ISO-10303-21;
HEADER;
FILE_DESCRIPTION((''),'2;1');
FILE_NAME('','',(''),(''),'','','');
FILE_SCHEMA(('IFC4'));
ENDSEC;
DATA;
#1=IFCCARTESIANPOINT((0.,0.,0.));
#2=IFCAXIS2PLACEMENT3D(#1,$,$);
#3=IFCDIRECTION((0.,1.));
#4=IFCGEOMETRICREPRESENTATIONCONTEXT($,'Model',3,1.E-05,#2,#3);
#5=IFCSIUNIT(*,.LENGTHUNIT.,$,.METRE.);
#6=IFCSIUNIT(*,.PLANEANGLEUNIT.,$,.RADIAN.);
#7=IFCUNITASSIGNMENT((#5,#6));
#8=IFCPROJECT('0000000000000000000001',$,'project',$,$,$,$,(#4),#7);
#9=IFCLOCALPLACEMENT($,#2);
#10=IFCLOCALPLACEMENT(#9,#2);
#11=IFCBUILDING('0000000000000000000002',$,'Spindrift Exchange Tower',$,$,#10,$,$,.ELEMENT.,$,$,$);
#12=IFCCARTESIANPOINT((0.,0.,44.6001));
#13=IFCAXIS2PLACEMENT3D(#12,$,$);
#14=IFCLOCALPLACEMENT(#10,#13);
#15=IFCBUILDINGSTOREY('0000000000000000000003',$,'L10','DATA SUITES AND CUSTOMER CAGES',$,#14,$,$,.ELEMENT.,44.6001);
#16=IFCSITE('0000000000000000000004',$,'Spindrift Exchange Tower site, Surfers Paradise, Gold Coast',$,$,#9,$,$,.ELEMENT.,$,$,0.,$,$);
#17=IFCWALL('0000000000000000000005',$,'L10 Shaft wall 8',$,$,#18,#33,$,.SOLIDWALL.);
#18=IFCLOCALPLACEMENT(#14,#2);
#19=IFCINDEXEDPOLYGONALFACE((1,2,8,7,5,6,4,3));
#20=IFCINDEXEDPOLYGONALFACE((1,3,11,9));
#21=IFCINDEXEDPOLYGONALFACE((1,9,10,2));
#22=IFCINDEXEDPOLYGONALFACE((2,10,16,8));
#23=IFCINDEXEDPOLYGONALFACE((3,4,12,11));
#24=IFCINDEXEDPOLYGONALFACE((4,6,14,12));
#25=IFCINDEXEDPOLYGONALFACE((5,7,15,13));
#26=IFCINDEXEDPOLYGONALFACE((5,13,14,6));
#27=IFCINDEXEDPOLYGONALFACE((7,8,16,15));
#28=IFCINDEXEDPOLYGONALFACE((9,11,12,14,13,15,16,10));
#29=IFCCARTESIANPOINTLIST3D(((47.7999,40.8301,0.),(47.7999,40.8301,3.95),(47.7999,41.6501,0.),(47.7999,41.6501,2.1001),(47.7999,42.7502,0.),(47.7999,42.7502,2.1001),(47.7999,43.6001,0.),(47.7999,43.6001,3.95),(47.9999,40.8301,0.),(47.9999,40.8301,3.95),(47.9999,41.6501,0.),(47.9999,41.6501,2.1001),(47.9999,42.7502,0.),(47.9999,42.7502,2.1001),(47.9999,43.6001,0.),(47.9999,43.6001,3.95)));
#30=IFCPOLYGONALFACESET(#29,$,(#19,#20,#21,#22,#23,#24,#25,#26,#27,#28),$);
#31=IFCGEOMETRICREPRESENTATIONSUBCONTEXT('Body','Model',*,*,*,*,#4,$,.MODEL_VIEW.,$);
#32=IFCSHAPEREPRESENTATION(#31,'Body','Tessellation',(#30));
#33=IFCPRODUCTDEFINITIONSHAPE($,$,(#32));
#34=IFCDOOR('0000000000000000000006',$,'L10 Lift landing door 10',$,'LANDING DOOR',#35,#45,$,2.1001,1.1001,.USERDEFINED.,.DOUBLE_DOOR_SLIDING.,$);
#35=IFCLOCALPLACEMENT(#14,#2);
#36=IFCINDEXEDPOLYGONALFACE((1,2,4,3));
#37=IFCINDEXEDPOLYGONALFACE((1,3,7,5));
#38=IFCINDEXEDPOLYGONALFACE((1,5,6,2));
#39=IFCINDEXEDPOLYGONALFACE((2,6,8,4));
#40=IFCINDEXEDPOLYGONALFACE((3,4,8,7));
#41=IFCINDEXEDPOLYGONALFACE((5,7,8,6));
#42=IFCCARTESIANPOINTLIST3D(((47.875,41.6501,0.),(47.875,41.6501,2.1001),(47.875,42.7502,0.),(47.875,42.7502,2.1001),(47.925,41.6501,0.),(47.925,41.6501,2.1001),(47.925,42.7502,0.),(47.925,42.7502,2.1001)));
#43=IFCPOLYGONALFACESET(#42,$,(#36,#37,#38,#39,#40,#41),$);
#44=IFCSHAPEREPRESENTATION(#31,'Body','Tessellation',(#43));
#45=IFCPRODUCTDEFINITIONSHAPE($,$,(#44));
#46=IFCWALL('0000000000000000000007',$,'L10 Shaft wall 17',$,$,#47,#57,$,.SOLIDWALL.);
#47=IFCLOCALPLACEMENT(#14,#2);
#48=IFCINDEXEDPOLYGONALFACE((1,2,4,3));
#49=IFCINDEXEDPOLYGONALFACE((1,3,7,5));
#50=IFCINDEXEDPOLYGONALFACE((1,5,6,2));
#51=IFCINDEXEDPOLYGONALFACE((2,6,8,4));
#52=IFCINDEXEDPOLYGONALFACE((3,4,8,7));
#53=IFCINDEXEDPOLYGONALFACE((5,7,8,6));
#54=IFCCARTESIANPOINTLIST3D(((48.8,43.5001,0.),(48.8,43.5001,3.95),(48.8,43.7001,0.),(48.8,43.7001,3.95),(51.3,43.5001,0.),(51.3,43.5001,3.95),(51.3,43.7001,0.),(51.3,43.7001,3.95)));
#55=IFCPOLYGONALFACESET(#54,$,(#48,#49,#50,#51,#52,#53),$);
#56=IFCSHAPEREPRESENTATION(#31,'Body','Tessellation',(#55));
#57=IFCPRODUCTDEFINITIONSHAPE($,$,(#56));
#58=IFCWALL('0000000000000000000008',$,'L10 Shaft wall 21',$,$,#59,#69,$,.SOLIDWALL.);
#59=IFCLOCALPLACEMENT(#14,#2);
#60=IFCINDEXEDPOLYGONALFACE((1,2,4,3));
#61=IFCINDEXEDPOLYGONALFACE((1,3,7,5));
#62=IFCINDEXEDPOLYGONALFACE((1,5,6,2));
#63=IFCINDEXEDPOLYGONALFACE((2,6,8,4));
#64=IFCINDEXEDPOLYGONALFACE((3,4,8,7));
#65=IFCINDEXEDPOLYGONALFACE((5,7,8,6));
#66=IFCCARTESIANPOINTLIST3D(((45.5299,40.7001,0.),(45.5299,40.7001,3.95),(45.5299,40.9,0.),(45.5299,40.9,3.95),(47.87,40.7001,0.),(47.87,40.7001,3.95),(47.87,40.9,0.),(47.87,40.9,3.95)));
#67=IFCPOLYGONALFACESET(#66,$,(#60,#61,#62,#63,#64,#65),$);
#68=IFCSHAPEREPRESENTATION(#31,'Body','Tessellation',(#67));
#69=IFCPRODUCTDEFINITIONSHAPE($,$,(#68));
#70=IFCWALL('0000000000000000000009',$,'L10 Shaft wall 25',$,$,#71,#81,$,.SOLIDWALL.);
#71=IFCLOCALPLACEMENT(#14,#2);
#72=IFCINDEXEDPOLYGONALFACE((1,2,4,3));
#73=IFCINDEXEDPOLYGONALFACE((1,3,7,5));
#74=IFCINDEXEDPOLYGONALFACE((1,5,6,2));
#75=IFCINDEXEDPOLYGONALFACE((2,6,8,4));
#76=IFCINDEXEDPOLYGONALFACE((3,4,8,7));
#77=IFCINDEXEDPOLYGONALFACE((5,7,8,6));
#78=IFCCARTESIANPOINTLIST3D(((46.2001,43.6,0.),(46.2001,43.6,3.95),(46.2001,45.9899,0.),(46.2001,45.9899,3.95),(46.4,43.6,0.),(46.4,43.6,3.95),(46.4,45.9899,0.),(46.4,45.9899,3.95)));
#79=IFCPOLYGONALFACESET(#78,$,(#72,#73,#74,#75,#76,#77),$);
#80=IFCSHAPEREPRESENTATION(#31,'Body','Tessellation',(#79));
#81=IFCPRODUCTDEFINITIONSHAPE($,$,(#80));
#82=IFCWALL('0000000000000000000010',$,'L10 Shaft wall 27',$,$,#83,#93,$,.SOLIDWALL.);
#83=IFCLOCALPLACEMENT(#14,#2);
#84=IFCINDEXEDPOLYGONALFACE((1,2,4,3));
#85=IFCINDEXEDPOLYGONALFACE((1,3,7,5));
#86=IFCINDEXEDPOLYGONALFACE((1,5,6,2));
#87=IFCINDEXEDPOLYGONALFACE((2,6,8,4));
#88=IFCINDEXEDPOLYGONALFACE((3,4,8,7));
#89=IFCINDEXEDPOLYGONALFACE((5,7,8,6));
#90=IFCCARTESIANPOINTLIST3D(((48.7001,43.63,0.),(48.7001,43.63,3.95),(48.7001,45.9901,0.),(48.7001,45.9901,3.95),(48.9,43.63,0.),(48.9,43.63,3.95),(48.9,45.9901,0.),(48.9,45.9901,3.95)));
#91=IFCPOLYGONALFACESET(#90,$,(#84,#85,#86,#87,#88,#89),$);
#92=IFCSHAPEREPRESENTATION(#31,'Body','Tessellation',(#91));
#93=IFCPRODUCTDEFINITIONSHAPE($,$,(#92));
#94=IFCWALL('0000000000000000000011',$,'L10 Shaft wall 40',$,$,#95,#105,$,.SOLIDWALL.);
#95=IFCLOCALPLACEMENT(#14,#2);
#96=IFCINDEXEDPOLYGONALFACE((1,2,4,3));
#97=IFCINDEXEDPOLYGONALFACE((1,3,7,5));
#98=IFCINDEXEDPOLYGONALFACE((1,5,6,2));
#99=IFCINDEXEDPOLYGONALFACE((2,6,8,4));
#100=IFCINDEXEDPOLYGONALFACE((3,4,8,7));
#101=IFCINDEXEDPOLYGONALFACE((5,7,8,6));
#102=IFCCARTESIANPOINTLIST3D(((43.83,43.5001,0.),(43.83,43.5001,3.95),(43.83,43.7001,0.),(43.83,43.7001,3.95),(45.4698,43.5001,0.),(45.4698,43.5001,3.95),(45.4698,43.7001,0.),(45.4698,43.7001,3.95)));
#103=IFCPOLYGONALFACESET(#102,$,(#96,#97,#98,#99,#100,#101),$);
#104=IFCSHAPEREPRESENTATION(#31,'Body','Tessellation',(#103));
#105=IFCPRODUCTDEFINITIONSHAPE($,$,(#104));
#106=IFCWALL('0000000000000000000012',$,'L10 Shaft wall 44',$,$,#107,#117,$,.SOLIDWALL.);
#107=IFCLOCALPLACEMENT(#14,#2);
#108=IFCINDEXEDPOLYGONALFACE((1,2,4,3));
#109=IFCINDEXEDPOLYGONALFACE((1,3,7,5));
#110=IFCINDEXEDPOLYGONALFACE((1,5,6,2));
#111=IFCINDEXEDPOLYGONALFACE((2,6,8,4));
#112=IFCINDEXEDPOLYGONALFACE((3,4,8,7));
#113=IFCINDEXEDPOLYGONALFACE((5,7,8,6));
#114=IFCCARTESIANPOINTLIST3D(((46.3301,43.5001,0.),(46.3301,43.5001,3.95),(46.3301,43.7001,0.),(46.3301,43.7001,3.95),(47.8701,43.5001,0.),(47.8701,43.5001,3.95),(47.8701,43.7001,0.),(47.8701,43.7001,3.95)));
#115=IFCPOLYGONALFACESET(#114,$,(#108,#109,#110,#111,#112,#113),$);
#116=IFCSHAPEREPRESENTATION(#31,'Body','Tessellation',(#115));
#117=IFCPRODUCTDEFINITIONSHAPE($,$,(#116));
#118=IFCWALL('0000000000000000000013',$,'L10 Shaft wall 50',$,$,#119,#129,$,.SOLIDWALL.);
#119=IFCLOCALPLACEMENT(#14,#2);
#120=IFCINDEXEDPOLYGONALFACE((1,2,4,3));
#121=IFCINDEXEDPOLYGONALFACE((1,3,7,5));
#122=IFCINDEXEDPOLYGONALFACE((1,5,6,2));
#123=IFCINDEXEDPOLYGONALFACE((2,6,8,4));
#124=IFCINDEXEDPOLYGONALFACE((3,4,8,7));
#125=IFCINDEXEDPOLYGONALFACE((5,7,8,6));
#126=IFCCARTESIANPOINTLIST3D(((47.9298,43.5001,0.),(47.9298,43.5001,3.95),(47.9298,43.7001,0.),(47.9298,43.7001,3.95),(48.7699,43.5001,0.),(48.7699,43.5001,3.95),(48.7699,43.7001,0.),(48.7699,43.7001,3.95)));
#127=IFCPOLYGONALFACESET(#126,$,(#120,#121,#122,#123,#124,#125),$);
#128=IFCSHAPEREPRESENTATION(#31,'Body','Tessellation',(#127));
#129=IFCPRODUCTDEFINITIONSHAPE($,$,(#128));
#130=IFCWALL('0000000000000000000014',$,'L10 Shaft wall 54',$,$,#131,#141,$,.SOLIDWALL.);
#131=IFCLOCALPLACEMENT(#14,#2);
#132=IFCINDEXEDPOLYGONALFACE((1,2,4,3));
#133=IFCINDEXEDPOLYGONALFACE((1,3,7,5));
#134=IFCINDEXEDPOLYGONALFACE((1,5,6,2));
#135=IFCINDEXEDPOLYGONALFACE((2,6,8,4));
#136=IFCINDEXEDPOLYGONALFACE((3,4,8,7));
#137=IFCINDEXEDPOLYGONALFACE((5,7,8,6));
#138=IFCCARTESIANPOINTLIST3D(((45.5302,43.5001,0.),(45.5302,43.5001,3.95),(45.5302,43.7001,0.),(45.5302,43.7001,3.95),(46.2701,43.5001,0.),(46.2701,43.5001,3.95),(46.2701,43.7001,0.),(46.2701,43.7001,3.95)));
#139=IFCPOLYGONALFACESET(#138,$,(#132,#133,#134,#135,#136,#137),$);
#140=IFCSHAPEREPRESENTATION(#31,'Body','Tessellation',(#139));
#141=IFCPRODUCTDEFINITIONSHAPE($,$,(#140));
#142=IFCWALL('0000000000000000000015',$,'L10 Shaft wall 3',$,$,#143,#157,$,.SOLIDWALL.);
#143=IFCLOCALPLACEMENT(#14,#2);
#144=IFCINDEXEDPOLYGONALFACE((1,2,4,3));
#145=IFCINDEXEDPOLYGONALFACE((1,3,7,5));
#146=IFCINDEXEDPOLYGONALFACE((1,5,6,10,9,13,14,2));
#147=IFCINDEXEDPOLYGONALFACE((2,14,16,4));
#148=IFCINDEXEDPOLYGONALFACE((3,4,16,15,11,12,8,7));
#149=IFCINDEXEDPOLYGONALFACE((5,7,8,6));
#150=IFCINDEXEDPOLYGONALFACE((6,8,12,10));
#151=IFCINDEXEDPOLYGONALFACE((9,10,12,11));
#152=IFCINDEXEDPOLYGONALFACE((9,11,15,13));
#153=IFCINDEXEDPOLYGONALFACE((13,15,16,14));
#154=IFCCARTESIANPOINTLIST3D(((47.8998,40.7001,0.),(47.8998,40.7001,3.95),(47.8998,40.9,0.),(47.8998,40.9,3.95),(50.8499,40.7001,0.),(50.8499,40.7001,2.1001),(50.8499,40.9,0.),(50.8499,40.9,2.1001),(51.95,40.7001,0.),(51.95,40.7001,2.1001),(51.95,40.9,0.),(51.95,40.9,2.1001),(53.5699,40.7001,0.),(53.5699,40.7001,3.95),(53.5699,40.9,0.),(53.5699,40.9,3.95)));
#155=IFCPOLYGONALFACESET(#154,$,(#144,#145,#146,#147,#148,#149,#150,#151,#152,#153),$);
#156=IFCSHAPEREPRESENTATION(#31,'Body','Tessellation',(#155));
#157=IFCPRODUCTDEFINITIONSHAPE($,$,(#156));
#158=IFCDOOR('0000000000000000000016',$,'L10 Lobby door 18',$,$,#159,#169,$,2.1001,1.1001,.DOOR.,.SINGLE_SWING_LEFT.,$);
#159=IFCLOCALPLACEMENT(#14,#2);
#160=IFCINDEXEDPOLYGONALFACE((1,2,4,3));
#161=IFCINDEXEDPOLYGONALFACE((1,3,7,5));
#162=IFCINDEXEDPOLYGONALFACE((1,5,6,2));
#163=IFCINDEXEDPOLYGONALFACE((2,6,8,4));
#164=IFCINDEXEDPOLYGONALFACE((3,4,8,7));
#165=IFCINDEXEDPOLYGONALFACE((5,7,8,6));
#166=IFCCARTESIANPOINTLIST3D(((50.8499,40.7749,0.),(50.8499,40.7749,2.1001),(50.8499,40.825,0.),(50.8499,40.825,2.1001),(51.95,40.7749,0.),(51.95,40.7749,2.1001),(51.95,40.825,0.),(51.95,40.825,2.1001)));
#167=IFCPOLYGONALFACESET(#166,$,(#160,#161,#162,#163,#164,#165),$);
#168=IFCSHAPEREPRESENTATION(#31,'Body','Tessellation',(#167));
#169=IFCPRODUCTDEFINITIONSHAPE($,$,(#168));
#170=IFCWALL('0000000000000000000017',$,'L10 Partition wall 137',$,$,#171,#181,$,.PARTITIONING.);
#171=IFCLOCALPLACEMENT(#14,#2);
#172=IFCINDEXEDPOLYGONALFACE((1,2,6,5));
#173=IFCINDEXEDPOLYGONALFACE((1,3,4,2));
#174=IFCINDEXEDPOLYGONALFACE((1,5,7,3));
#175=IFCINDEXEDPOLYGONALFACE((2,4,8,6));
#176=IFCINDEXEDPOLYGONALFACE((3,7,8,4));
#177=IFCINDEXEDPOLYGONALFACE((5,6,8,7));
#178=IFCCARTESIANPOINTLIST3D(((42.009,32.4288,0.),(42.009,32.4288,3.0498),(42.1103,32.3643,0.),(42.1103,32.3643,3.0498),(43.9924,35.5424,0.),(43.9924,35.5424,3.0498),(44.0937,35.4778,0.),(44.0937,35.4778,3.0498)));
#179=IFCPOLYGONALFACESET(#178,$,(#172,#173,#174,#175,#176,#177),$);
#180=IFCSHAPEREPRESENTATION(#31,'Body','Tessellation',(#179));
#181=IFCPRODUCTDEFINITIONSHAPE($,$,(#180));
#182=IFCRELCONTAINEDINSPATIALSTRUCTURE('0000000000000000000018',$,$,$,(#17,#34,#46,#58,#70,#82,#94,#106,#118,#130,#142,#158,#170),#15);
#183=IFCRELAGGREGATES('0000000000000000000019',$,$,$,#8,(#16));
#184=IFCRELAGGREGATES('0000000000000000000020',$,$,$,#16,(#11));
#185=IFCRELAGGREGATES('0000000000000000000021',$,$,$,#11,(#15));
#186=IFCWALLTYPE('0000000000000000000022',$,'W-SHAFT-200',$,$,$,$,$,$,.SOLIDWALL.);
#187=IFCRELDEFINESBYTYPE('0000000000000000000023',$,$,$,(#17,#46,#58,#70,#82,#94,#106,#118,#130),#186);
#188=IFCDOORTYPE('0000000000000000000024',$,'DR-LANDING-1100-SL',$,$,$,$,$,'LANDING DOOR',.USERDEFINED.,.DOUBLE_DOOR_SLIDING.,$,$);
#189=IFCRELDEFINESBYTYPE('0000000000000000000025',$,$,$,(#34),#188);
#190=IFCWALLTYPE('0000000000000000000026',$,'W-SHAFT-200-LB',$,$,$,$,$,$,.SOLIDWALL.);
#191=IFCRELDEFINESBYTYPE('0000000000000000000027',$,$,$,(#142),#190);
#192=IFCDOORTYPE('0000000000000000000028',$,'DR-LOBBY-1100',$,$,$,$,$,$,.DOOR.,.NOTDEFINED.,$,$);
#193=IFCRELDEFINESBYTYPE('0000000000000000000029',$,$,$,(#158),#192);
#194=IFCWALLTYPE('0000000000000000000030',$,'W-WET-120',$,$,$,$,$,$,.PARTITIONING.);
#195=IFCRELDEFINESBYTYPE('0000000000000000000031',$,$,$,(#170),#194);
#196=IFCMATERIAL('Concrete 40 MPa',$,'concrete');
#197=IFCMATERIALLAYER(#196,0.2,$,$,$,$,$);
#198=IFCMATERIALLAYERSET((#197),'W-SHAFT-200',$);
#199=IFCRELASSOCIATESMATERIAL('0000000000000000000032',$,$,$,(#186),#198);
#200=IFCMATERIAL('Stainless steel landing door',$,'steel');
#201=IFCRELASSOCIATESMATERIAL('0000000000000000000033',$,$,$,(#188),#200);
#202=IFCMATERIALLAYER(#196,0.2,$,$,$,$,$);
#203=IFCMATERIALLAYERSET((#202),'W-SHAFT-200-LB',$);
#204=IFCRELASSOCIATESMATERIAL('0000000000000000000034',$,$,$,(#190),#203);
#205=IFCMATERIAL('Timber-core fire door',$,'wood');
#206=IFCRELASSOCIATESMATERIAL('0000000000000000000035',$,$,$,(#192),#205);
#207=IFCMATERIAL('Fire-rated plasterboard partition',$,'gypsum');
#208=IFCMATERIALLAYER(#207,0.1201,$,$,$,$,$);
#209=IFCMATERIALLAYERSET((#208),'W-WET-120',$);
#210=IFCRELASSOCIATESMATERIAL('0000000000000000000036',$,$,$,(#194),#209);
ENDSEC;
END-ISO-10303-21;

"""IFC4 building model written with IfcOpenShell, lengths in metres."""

from ifc_helpers import new_model, si_unit, direction, frame, frame_2d, origin, place, context, subcontext, project, spatial, rectangle, extrude, source, transform, mapped, material, layer, layer_set, type_object, element, fill, save


model = new_model("IFC4")

# Units and contexts
model_context = context("Model", 3, precision=1e-05, world=origin(), true_north=direction((0.0, 1.0)))
body_context = subcontext(model_context, "Body", "Model", "MODEL_VIEW")
ifc_project = project(units=[si_unit("LENGTHUNIT", "METRE"), si_unit("PLANEANGLEUNIT", "RADIAN")], contexts=[model_context])

# Site, building, storey
site_placement = place(None, origin())
site = spatial("IfcSite", under=ifc_project, at=site_placement, Name="Spindrift Exchange Tower site, Surfers Paradise, Gold Coast", CompositionType="ELEMENT", RefElevation=0.0)
building_placement = place(site_placement, origin())
building = spatial("IfcBuilding", under=site, at=building_placement, Name="Spindrift Exchange Tower", CompositionType="ELEMENT")
storey_placement = place(building_placement, frame((0.0, 0.0, 44.6001)))
storey = spatial("IfcBuildingStorey", under=building, at=storey_placement, Name="L10", Description="DATA SUITES AND CUSTOMER CAGES", CompositionType="ELEMENT", Elevation=44.6001)

# Shared definitions
ifc_material_1 = material(Name="Fire-rated plasterboard partition", Category="gypsum")
ifc_material_2 = material(Name="Concrete 40 MPa", Category="concrete")
ifc_layer_1 = layer(ifc_material_2, 0.2)
ifc_layer_set_1 = layer_set([ifc_layer_1], Name="W-SHAFT-200")
wall_type_1 = type_object("IfcWallType", Name="W-SHAFT-200", PredefinedType="SOLIDWALL", material=ifc_layer_set_1)

# Wall, opening, door
wall_1_placement = place(storey_placement, frame((47.8999, 40.8301, 0.0), z_axis=(0.0, 0.0, 1.0), x_axis=(0.0, 1.0, 0.0)))
wall_1 = element("IfcWall", 1, at=wall_1_placement, inside=storey, type_object=wall_type_1, Name="L10 Shaft wall 8", PredefinedType="SOLIDWALL", context=body_context, shape_type="SweptSolid", body=[
    extrude(rectangle(XDim=2.77, YDim=0.2, at=frame_2d((1.385, 0.0))), origin(), (0.0, 0.0, 1.0), 3.95),
])
opening_1_placement = place(wall_1_placement, frame((0.8201, 0.0, 0.0)))
opening_1 = element("IfcOpeningElement", 2, at=opening_1_placement, cuts=wall_1, PredefinedType="OPENING", context=body_context, shape_type="SweptSolid", body=[
    extrude(rectangle(XDim=1.1001, YDim=2.1001, at=frame_2d((0.55, 1.05))), frame((0.0, 0.1099, 0.0), z_axis=(0.0, -1.0, 0.0), x_axis=(1.0, 0.0, 0.0)), (0.0, 0.0, 1.0), 0.22),
])
ifc_material_3 = material(Name="Stainless steel landing door", Category="steel")
door_type_1 = type_object("IfcDoorType", Name="DR-LANDING-1100-SL", ElementType="LANDING DOOR", OperationType="DOUBLE_DOOR_SLIDING", PredefinedType="USERDEFINED", material=ifc_material_3)
shared_shape_1 = source(origin(), body_context, "Body", "SweptSolid", [
    extrude(rectangle(XDim=1.1001, YDim=2.1001, at=frame_2d((0.55, 1.05))), frame((0.0, 0.0249, 0.0), z_axis=(0.0, -1.0, 0.0), x_axis=(1.0, 0.0, 0.0)), (0.0, 0.0, 1.0), 0.05),
])
door_1_placement = place(opening_1_placement, origin())
door_1 = element("IfcDoor", 3, at=door_1_placement, inside=storey, type_object=door_type_1, Name="L10 Lift landing door 10", ObjectType="LANDING DOOR", OperationType="DOUBLE_DOOR_SLIDING", OverallHeight=2.1001, OverallWidth=1.1001, PredefinedType="USERDEFINED", context=body_context, shape_type="MappedRepresentation", body=[
    mapped(shared_shape_1, transform((0.0, 0.0, 0.0), scale=1.0)),
])
fill(opening_1, door_1)

# Walls
wall_2_placement = place(storey_placement, frame((48.8, 43.6001, 0.0), z_axis=(0.0, 0.0, 1.0), x_axis=(1.0, 0.0, 0.0)))
element("IfcWall", 4, at=wall_2_placement, inside=storey, type_object=wall_type_1, Name="L10 Shaft wall 17", PredefinedType="SOLIDWALL", context=body_context, shape_type="SweptSolid", body=[
    extrude(rectangle(XDim=2.5, YDim=0.2, at=frame_2d((1.25, 0.0))), origin(), (0.0, 0.0, 1.0), 3.95),
])
wall_3_placement = place(storey_placement, frame((45.53, 40.8, 0.0), z_axis=(0.0, 0.0, 1.0), x_axis=(1.0, 0.0, 0.0)))
element("IfcWall", 5, at=wall_3_placement, inside=storey, type_object=wall_type_1, Name="L10 Shaft wall 21", PredefinedType="SOLIDWALL", context=body_context, shape_type="SweptSolid", body=[
    extrude(rectangle(XDim=2.3401, YDim=0.2, at=frame_2d((1.1699, 0.0))), origin(), (0.0, 0.0, 1.0), 3.95),
])
wall_4_placement = place(storey_placement, frame((46.3, 43.6001, 0.0), z_axis=(0.0, 0.0, 1.0), x_axis=(0.0, 1.0, 0.0)))
element("IfcWall", 6, at=wall_4_placement, inside=storey, type_object=wall_type_1, Name="L10 Shaft wall 25", PredefinedType="SOLIDWALL", context=body_context, shape_type="SweptSolid", body=[
    extrude(rectangle(XDim=2.3899, YDim=0.2, at=frame_2d((1.1948, 0.0))), origin(), (0.0, 0.0, 1.0), 3.95),
])
wall_5_placement = place(storey_placement, frame((48.8, 43.6299, 0.0), z_axis=(0.0, 0.0, 1.0), x_axis=(0.0, 1.0, 0.0)))
element("IfcWall", 7, at=wall_5_placement, inside=storey, type_object=wall_type_1, Name="L10 Shaft wall 27", PredefinedType="SOLIDWALL", context=body_context, shape_type="SweptSolid", body=[
    extrude(rectangle(XDim=2.3601, YDim=0.2, at=frame_2d((1.1802, 0.0))), origin(), (0.0, 0.0, 1.0), 3.95),
])
wall_6_placement = place(storey_placement, frame((43.8301, 43.6001, 0.0), z_axis=(0.0, 0.0, 1.0), x_axis=(1.0, 0.0, 0.0)))
element("IfcWall", 8, at=wall_6_placement, inside=storey, type_object=wall_type_1, Name="L10 Shaft wall 40", PredefinedType="SOLIDWALL", context=body_context, shape_type="SweptSolid", body=[
    extrude(rectangle(XDim=1.6399, YDim=0.2, at=frame_2d((0.8198, 0.0))), origin(), (0.0, 0.0, 1.0), 3.95),
])
wall_7_placement = place(storey_placement, frame((46.3301, 43.6001, 0.0), z_axis=(0.0, 0.0, 1.0), x_axis=(1.0, 0.0, 0.0)))
element("IfcWall", 9, at=wall_7_placement, inside=storey, type_object=wall_type_1, Name="L10 Shaft wall 44", PredefinedType="SOLIDWALL", context=body_context, shape_type="SweptSolid", body=[
    extrude(rectangle(XDim=1.54, YDim=0.2, at=frame_2d((0.77, 0.0))), origin(), (0.0, 0.0, 1.0), 3.95),
])
wall_8_placement = place(storey_placement, frame((47.9299, 43.6001, 0.0), z_axis=(0.0, 0.0, 1.0), x_axis=(1.0, 0.0, 0.0)))
element("IfcWall", 10, at=wall_8_placement, inside=storey, type_object=wall_type_1, Name="L10 Shaft wall 50", PredefinedType="SOLIDWALL", context=body_context, shape_type="SweptSolid", body=[
    extrude(rectangle(XDim=0.8401, YDim=0.2, at=frame_2d((0.4199, 0.0))), origin(), (0.0, 0.0, 1.0), 3.95),
])
wall_9_placement = place(storey_placement, frame((45.53, 43.6001, 0.0), z_axis=(0.0, 0.0, 1.0), x_axis=(1.0, 0.0, 0.0)))
element("IfcWall", 11, at=wall_9_placement, inside=storey, type_object=wall_type_1, Name="L10 Shaft wall 54", PredefinedType="SOLIDWALL", context=body_context, shape_type="SweptSolid", body=[
    extrude(rectangle(XDim=0.74, YDim=0.2, at=frame_2d((0.3701, 0.0))), origin(), (0.0, 0.0, 1.0), 3.95),
])

# Wall, opening, door
ifc_layer_2 = layer(ifc_material_2, 0.2)
ifc_layer_set_2 = layer_set([ifc_layer_2], Name="W-SHAFT-200-LB")
wall_type_2 = type_object("IfcWallType", Name="W-SHAFT-200-LB", PredefinedType="SOLIDWALL", material=ifc_layer_set_2)
wall_10_placement = place(storey_placement, frame((47.8999, 40.8, 0.0), z_axis=(0.0, 0.0, 1.0), x_axis=(1.0, 0.0, 0.0)))
wall_10 = element("IfcWall", 12, at=wall_10_placement, inside=storey, type_object=wall_type_2, Name="L10 Shaft wall 3", PredefinedType="SOLIDWALL", context=body_context, shape_type="SweptSolid", body=[
    extrude(rectangle(XDim=5.6702, YDim=0.2, at=frame_2d((2.835, 0.0))), origin(), (0.0, 0.0, 1.0), 3.95),
])
opening_2_placement = place(wall_10_placement, frame((2.95, 0.0, 0.0)))
opening_2 = element("IfcOpeningElement", 13, at=opening_2_placement, cuts=wall_10, PredefinedType="OPENING", context=body_context, shape_type="SweptSolid", body=[
    extrude(rectangle(XDim=1.1001, YDim=2.1001, at=frame_2d((0.55, 1.05))), frame((0.0, 0.1099, 0.0), z_axis=(0.0, -1.0, 0.0), x_axis=(1.0, 0.0, 0.0)), (0.0, 0.0, 1.0), 0.22),
])
ifc_material_4 = material(Name="Timber-core fire door", Category="wood")
door_type_2 = type_object("IfcDoorType", Name="DR-LOBBY-1100", OperationType="NOTDEFINED", PredefinedType="DOOR", material=ifc_material_4)
shared_shape_2 = source(origin(), body_context, "Body", "SweptSolid", [
    extrude(rectangle(XDim=1.1001, YDim=2.1001, at=frame_2d((0.55, 1.05))), frame((0.0, 0.0249, 0.0), z_axis=(0.0, -1.0, 0.0), x_axis=(1.0, 0.0, 0.0)), (0.0, 0.0, 1.0), 0.05),
])
door_2_placement = place(opening_2_placement, origin())
door_2 = element("IfcDoor", 14, at=door_2_placement, inside=storey, type_object=door_type_2, Name="L10 Lobby door 18", OperationType="SINGLE_SWING_LEFT", OverallHeight=2.1001, OverallWidth=1.1001, PredefinedType="DOOR", context=body_context, shape_type="MappedRepresentation", body=[
    mapped(shared_shape_2, transform((0.0, 0.0, 0.0), scale=1.0)),
])
fill(opening_2, door_2)

# Wall
ifc_layer_3 = layer(ifc_material_1, 0.1201)
ifc_layer_set_3 = layer_set([ifc_layer_3], Name="W-WET-120")
wall_type_3 = type_object("IfcWallType", Name="W-WET-120", PredefinedType="PARTITIONING", material=ifc_layer_set_3)
wall_11_placement = place(storey_placement, frame((44.043, 35.51, 0.0), z_axis=(0.0, 0.0, 1.0), x_axis=(-0.537273, -0.843408, 0.0)))
element("IfcWall", 15, at=wall_11_placement, inside=storey, type_object=wall_type_3, Name="L10 Partition wall 137", PredefinedType="PARTITIONING", context=body_context, shape_type="SweptSolid", body=[
    extrude(rectangle(XDim=3.6917, YDim=0.1201, at=frame_2d((1.8457, 0.0))), origin(), (0.0, 0.0, 1.0), 3.0498),
])

save(model, "model.ifc")
